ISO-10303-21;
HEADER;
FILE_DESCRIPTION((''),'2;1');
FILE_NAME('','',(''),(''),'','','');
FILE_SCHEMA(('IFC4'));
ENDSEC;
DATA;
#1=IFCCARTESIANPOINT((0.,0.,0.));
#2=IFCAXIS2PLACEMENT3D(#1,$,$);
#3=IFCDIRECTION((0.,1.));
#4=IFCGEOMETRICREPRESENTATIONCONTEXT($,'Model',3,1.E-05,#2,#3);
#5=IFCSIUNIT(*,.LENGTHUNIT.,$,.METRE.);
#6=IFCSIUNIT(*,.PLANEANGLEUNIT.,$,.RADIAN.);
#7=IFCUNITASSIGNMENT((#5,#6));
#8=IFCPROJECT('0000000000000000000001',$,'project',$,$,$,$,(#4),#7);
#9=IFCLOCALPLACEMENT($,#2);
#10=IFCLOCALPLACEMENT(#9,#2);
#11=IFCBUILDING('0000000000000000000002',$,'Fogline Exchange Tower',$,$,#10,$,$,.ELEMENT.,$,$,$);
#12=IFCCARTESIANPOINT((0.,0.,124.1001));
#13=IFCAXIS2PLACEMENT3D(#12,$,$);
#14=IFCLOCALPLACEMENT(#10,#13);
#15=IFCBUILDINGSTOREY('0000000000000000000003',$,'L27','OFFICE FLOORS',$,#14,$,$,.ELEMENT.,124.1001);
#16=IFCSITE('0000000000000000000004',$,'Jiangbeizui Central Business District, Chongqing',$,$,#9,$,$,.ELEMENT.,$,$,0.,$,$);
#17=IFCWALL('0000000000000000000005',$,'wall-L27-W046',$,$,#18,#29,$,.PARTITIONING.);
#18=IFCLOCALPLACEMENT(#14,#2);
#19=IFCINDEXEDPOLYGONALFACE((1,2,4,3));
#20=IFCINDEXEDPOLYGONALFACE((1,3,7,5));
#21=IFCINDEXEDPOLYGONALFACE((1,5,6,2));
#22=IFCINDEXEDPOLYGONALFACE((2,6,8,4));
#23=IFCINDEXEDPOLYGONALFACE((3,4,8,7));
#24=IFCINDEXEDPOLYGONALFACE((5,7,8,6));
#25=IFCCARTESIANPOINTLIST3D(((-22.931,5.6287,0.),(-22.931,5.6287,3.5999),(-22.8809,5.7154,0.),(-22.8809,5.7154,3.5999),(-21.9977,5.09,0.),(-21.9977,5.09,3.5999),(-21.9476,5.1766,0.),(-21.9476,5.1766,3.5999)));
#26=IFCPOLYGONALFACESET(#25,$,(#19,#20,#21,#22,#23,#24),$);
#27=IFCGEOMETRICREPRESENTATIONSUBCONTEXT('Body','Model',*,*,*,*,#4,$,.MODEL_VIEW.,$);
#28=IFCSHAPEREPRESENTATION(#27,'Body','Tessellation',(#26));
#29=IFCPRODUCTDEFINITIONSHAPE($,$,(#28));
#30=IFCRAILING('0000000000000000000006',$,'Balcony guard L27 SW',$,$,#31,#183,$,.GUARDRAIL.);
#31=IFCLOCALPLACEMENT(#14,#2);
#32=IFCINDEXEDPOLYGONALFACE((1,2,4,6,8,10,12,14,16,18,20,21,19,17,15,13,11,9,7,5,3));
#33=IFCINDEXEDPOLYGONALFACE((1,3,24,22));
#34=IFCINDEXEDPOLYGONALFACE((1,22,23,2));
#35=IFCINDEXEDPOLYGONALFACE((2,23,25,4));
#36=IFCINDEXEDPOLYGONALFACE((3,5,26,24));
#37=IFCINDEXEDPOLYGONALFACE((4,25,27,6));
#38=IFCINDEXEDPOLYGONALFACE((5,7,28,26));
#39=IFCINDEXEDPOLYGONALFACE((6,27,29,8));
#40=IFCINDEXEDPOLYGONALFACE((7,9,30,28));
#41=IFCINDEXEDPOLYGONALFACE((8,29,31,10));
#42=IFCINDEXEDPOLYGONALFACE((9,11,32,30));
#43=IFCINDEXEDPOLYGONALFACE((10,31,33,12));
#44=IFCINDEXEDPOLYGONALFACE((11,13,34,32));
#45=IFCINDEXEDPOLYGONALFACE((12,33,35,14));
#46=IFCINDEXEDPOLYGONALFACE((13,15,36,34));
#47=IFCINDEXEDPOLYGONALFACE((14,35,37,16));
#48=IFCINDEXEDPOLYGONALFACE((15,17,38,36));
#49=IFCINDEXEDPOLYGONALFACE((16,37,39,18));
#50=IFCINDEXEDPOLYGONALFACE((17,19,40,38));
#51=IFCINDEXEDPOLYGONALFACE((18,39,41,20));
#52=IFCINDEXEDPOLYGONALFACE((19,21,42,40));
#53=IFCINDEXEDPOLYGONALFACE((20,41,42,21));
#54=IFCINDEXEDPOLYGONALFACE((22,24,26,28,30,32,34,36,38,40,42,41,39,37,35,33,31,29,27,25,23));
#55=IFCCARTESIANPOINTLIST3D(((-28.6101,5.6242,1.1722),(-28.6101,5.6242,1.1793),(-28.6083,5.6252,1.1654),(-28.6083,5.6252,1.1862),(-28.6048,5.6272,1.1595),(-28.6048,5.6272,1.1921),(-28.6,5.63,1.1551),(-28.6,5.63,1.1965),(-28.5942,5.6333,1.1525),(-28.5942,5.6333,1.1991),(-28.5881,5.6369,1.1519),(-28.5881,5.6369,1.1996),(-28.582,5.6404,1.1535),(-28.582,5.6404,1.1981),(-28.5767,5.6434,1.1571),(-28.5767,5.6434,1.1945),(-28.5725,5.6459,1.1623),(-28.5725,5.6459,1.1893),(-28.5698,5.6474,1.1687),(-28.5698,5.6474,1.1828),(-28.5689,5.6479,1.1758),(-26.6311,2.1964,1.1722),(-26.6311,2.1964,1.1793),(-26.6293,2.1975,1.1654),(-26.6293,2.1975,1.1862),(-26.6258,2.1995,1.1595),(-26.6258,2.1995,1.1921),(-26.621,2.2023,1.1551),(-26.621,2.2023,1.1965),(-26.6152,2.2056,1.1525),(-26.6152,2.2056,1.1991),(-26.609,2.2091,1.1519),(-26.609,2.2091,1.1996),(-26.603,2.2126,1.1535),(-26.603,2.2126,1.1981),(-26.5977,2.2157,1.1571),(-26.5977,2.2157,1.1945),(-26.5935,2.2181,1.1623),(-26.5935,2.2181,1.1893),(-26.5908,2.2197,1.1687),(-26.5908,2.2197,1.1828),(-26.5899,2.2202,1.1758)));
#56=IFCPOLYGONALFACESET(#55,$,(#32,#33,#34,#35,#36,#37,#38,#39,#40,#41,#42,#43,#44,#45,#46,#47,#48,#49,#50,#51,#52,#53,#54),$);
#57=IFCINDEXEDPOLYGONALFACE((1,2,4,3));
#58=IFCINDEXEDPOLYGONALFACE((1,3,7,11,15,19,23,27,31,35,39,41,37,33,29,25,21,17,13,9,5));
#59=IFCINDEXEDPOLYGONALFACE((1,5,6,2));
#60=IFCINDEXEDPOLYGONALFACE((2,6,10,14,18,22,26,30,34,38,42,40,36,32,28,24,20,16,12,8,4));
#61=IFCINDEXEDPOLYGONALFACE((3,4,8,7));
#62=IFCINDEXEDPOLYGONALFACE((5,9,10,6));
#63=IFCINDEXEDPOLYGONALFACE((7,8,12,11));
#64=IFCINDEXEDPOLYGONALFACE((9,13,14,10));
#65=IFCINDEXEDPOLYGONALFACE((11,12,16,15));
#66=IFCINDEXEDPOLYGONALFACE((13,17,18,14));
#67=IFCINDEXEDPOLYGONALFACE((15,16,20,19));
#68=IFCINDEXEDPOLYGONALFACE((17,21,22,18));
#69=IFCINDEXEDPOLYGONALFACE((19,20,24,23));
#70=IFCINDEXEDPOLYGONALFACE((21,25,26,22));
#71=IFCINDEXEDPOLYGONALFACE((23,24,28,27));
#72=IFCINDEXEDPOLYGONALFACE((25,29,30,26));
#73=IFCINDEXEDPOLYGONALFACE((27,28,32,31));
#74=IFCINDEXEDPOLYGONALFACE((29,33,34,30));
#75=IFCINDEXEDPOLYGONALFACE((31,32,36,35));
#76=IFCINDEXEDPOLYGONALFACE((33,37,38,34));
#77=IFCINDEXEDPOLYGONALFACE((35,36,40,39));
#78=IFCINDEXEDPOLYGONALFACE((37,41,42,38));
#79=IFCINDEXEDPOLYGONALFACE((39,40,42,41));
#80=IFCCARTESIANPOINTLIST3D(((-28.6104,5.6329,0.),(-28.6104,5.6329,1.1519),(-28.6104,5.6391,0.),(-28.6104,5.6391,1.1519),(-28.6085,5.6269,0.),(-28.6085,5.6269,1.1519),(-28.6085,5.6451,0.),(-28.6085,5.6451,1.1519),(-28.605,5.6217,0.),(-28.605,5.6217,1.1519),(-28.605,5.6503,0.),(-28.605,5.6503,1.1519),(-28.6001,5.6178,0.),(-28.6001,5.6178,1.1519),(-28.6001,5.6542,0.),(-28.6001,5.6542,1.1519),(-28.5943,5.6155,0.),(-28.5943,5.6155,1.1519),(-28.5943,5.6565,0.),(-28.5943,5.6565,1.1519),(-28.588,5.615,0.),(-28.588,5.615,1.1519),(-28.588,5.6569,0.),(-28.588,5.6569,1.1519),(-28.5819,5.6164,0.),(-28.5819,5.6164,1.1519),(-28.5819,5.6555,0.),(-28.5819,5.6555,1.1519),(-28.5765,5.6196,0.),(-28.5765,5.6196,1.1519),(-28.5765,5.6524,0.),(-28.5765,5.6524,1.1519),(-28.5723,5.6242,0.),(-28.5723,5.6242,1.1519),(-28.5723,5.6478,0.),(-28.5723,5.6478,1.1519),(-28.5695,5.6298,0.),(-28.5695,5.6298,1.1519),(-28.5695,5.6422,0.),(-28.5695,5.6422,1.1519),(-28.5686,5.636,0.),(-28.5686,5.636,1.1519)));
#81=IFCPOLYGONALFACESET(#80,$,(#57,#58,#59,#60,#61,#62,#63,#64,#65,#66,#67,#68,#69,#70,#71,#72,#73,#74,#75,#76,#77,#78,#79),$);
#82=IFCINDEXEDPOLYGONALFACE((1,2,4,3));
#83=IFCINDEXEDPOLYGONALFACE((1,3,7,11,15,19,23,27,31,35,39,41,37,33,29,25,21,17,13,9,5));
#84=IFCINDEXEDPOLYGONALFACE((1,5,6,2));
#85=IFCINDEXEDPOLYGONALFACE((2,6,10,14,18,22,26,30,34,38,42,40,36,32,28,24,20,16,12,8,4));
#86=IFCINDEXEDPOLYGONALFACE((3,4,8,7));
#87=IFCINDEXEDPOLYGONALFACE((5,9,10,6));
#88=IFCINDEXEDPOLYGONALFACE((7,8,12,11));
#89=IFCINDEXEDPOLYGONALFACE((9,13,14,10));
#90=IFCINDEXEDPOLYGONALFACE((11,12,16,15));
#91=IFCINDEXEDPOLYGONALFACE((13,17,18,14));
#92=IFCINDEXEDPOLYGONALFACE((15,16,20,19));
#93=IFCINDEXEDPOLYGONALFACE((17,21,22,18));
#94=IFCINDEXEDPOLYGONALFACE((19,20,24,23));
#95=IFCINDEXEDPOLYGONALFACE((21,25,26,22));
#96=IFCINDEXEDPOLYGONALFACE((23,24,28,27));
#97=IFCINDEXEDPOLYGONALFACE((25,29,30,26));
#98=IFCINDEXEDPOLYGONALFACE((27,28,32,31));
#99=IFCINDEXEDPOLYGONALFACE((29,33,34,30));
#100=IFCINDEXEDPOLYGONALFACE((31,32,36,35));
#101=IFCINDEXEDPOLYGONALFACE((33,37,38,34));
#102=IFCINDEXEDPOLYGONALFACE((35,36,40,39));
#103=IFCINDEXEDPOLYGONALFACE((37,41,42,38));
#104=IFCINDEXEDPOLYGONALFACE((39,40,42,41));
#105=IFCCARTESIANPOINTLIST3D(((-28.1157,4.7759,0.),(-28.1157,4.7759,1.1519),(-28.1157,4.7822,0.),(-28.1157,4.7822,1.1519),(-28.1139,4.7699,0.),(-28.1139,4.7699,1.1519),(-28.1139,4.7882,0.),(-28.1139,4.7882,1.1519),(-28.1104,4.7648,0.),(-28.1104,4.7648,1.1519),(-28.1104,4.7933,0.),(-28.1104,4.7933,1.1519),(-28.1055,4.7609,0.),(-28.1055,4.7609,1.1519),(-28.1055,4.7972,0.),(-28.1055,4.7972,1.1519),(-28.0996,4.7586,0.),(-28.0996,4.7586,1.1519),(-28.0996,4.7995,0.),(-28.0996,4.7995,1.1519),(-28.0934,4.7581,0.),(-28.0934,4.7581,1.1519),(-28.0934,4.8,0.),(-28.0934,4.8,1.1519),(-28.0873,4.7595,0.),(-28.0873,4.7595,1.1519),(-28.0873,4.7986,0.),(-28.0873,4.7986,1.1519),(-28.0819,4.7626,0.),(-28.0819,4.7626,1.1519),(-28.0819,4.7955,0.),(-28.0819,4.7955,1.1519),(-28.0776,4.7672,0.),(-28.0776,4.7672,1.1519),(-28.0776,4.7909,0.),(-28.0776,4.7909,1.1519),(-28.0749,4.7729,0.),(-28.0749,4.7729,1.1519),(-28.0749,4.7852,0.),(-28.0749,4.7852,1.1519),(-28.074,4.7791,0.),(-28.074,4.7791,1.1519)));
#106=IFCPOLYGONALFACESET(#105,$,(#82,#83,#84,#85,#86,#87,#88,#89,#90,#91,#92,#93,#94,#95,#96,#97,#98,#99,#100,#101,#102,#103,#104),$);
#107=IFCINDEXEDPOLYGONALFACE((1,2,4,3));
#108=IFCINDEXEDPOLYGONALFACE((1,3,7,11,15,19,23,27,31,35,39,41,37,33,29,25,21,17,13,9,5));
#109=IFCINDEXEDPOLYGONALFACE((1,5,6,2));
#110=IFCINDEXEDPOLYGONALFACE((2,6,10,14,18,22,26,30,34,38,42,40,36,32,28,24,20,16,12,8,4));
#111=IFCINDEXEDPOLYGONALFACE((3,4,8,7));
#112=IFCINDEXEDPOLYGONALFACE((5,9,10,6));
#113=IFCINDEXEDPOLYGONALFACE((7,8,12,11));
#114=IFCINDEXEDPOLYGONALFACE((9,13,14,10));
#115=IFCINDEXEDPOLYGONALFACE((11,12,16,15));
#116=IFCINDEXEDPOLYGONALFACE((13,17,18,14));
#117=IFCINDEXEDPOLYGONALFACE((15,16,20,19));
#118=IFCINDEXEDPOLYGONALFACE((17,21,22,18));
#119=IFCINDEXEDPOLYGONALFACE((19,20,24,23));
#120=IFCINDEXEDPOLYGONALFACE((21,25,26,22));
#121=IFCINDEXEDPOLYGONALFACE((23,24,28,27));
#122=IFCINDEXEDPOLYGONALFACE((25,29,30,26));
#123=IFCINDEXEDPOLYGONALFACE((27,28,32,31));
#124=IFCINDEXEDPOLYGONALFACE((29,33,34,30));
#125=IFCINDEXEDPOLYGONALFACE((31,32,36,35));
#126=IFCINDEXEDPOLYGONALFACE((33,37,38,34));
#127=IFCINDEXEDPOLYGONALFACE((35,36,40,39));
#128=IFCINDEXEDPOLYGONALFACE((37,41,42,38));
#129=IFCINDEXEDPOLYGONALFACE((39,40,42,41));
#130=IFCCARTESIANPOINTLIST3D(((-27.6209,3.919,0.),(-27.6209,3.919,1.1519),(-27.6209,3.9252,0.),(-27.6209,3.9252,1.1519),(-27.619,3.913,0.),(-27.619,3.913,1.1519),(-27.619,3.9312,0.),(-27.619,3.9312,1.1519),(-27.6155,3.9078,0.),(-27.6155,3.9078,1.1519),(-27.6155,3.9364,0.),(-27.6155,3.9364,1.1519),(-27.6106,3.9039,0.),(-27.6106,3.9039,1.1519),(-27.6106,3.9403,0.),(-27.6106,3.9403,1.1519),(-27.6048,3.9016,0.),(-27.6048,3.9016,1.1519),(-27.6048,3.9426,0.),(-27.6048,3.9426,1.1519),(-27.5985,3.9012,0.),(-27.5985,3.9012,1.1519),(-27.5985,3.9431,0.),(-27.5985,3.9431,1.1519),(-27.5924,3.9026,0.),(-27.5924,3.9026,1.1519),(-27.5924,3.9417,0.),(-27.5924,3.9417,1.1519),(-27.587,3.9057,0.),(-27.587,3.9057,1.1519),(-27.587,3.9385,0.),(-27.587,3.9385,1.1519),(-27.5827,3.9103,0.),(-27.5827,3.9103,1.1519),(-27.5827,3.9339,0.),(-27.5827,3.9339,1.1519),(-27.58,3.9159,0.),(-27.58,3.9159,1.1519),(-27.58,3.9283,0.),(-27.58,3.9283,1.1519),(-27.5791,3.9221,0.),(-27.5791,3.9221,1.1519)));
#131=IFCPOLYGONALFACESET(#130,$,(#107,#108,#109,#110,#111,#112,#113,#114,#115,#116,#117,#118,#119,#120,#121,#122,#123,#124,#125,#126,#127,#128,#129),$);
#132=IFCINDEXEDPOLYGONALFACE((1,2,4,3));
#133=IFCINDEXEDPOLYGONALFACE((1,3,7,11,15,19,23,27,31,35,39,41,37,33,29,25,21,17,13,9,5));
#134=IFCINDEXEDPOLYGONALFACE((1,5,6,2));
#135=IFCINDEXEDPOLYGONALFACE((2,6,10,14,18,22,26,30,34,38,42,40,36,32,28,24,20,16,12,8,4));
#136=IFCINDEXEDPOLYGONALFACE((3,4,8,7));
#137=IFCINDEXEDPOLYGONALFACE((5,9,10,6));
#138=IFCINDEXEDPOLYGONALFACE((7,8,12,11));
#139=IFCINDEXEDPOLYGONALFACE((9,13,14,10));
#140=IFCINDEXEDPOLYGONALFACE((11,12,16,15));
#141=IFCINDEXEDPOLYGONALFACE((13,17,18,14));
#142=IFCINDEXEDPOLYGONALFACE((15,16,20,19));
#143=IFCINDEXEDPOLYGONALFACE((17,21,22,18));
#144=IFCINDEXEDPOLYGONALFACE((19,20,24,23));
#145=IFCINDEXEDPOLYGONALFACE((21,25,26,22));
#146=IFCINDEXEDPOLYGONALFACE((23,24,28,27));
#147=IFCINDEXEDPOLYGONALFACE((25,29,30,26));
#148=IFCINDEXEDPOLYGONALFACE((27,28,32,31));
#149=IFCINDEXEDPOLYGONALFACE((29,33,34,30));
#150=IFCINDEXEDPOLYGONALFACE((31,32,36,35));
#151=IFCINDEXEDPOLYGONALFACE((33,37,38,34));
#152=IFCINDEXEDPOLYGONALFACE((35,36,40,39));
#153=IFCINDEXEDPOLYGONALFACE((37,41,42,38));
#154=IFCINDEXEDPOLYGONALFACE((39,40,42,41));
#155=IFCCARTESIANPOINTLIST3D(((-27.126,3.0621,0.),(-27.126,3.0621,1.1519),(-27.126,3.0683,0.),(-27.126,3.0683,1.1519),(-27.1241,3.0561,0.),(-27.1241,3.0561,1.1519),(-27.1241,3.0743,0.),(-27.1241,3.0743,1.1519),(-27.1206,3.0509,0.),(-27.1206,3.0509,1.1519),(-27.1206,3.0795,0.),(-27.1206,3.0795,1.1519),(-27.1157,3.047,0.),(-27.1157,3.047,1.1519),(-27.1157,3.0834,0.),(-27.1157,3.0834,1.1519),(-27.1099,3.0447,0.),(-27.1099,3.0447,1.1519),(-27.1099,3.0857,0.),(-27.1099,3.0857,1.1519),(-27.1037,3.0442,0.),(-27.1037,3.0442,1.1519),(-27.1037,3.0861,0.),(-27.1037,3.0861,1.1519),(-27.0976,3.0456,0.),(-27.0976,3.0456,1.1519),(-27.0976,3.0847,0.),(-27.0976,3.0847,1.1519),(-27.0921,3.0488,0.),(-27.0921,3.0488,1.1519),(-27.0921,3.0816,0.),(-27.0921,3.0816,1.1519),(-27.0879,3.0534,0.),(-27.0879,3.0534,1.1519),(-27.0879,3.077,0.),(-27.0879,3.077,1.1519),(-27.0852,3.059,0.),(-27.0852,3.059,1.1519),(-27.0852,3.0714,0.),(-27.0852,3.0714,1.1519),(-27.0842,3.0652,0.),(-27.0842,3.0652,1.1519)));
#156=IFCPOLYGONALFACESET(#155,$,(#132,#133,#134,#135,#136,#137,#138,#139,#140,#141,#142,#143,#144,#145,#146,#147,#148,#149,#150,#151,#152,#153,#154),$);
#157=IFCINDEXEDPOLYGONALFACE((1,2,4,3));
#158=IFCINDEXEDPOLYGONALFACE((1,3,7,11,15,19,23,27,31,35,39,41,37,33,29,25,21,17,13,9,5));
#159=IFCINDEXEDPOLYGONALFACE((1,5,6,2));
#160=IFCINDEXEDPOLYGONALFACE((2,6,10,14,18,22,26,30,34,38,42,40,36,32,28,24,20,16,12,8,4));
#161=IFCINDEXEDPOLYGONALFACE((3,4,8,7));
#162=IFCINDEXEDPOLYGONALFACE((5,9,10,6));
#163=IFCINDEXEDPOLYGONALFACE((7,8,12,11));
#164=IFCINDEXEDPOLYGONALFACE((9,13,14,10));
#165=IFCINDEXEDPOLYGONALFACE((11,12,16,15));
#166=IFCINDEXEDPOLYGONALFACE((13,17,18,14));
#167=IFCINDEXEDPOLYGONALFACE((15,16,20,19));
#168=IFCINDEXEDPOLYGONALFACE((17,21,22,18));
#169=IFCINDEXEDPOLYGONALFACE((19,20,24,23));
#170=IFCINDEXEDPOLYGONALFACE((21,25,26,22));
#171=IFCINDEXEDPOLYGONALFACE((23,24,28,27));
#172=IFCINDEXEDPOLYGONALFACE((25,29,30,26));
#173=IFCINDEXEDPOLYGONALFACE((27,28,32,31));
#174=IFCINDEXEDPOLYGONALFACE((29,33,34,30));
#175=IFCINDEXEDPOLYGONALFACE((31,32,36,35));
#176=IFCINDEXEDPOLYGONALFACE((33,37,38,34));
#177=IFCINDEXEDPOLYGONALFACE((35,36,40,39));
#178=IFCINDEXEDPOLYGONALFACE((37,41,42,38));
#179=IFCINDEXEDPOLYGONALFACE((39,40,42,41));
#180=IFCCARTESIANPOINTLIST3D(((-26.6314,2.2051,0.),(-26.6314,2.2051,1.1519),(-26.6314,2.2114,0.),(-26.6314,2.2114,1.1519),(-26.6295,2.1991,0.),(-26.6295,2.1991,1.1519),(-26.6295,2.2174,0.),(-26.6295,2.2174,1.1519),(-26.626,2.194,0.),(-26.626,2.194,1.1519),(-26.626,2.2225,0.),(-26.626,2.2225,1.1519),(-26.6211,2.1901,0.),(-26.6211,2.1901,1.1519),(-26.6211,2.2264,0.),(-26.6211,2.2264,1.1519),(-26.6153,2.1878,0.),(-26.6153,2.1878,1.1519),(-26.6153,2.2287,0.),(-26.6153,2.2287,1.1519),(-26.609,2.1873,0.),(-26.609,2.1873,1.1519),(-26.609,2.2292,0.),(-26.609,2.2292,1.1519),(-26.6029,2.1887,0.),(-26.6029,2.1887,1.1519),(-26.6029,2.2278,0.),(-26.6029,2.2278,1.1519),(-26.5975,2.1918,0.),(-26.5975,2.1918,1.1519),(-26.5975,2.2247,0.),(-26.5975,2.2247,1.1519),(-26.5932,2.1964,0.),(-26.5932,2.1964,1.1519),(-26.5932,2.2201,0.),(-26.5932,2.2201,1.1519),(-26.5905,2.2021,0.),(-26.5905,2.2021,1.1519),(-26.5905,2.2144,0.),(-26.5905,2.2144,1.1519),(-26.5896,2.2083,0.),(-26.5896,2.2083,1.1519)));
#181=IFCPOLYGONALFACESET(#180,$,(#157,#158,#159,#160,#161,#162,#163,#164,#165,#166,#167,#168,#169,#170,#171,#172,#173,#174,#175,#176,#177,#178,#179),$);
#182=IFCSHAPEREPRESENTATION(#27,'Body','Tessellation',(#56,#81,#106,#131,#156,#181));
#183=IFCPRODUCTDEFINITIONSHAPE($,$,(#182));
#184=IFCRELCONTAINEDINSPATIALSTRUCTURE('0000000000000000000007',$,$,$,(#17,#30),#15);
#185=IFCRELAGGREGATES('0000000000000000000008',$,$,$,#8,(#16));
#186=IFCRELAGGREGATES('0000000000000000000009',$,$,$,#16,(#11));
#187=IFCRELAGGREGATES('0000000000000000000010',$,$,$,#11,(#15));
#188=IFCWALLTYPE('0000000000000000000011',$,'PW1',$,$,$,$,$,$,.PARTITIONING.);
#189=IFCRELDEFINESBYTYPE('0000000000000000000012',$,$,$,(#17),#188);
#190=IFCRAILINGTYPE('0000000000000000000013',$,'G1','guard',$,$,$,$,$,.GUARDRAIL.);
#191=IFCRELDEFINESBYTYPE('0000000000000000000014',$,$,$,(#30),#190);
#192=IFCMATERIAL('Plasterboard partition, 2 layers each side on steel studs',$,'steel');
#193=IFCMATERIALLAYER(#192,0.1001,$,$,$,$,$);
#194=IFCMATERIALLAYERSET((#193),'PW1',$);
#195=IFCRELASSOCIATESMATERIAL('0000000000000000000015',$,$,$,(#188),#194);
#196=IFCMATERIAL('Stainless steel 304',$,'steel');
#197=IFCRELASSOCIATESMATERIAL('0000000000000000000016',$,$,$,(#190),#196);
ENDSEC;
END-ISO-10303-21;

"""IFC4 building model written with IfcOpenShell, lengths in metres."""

from ifc_helpers import new_model, si_unit, direction, frame, frame_2d, origin, origin_2d, place, context, subcontext, project, spatial, rectangle, circle, extrude, material, layer, layer_set, type_object, element, save


model = new_model("IFC4")

# Units and contexts
model_context = context("Model", 3, precision=1e-05, world=origin(), true_north=direction((0.0, 1.0)))
body_context = subcontext(model_context, "Body", "Model", "MODEL_VIEW")
ifc_project = project(units=[si_unit("LENGTHUNIT", "METRE"), si_unit("PLANEANGLEUNIT", "RADIAN")], contexts=[model_context])

# Site, building, storey
site_placement = place(None, origin())
site = spatial("IfcSite", under=ifc_project, at=site_placement, Name="Jiangbeizui Central Business District, Chongqing", CompositionType="ELEMENT", RefElevation=0.0)
building_placement = place(site_placement, origin())
building = spatial("IfcBuilding", under=site, at=building_placement, Name="Fogline Exchange Tower", CompositionType="ELEMENT")
storey_placement = place(building_placement, frame((0.0, 0.0, 124.1001)))
storey = spatial("IfcBuildingStorey", under=building, at=storey_placement, Name="L27", Description="OFFICE FLOORS", CompositionType="ELEMENT", Elevation=124.1001)

# Wall
ifc_material_1 = material(Name="Plasterboard partition, 2 layers each side on steel studs", Category="steel")
ifc_layer_1 = layer(ifc_material_1, 0.1001)
ifc_layer_set_1 = layer_set([ifc_layer_1], Name="PW1")
wall_type_1 = type_object("IfcWallType", Name="PW1", PredefinedType="PARTITIONING", material=ifc_layer_set_1)
wall_1_placement = place(storey_placement, frame((-21.9727, 5.1333, 0.0), z_axis=(0.0, 0.0, 1.0), x_axis=(-0.866046, 0.499964, 0.0)))
element("IfcWall", 1, at=wall_1_placement, inside=storey, type_object=wall_type_1, Name="wall-L27-W046", PredefinedType="PARTITIONING", context=body_context, shape_type="SweptSolid", body=[
    extrude(rectangle(XDim=1.0776, YDim=0.1001, at=frame_2d((0.5388, 0.0))), origin(), (0.0, 0.0, 1.0), 3.5999),
])

# Railing
ifc_material_2 = material(Name="Stainless steel 304", Category="steel")
railing_type = type_object("IfcRailingType", Name="G1", Description="guard", PredefinedType="GUARDRAIL", material=ifc_material_2)
railing_placement = place(storey_placement, frame((-28.5896, 5.636, 0.0)))
element("IfcRailing", 2, at=railing_placement, inside=storey, type_object=railing_type, Name="Balcony guard L27 SW", PredefinedType="GUARDRAIL", context=body_context, shape_type="SweptSolid", body=[
    extrude(circle(Radius=0.0239, at=origin_2d()), frame((0.0, 0.0, 1.1758), z_axis=(0.5, -0.866025, 0.0), x_axis=(0.866025, 0.5, 0.0)), (0.0, 0.0, 1.0), 3.958),
    extrude(circle(Radius=0.021, at=origin_2d()), origin(), (0.0, 0.0, 1.0), 1.1519),
    extrude(circle(Radius=0.021, at=origin_2d()), frame((0.4946, -0.8569, 0.0)), (0.0, 0.0, 1.0), 1.1519),
    extrude(circle(Radius=0.021, at=origin_2d()), frame((0.9895, -1.7139, 0.0)), (0.0, 0.0, 1.0), 1.1519),
    extrude(circle(Radius=0.021, at=origin_2d()), frame((1.4844, -2.5708, 0.0)), (0.0, 0.0, 1.0), 1.1519),
    extrude(circle(Radius=0.021, at=origin_2d()), frame((1.979, -3.4277, 0.0)), (0.0, 0.0, 1.0), 1.1519),
])

save(model, "model.ifc")
